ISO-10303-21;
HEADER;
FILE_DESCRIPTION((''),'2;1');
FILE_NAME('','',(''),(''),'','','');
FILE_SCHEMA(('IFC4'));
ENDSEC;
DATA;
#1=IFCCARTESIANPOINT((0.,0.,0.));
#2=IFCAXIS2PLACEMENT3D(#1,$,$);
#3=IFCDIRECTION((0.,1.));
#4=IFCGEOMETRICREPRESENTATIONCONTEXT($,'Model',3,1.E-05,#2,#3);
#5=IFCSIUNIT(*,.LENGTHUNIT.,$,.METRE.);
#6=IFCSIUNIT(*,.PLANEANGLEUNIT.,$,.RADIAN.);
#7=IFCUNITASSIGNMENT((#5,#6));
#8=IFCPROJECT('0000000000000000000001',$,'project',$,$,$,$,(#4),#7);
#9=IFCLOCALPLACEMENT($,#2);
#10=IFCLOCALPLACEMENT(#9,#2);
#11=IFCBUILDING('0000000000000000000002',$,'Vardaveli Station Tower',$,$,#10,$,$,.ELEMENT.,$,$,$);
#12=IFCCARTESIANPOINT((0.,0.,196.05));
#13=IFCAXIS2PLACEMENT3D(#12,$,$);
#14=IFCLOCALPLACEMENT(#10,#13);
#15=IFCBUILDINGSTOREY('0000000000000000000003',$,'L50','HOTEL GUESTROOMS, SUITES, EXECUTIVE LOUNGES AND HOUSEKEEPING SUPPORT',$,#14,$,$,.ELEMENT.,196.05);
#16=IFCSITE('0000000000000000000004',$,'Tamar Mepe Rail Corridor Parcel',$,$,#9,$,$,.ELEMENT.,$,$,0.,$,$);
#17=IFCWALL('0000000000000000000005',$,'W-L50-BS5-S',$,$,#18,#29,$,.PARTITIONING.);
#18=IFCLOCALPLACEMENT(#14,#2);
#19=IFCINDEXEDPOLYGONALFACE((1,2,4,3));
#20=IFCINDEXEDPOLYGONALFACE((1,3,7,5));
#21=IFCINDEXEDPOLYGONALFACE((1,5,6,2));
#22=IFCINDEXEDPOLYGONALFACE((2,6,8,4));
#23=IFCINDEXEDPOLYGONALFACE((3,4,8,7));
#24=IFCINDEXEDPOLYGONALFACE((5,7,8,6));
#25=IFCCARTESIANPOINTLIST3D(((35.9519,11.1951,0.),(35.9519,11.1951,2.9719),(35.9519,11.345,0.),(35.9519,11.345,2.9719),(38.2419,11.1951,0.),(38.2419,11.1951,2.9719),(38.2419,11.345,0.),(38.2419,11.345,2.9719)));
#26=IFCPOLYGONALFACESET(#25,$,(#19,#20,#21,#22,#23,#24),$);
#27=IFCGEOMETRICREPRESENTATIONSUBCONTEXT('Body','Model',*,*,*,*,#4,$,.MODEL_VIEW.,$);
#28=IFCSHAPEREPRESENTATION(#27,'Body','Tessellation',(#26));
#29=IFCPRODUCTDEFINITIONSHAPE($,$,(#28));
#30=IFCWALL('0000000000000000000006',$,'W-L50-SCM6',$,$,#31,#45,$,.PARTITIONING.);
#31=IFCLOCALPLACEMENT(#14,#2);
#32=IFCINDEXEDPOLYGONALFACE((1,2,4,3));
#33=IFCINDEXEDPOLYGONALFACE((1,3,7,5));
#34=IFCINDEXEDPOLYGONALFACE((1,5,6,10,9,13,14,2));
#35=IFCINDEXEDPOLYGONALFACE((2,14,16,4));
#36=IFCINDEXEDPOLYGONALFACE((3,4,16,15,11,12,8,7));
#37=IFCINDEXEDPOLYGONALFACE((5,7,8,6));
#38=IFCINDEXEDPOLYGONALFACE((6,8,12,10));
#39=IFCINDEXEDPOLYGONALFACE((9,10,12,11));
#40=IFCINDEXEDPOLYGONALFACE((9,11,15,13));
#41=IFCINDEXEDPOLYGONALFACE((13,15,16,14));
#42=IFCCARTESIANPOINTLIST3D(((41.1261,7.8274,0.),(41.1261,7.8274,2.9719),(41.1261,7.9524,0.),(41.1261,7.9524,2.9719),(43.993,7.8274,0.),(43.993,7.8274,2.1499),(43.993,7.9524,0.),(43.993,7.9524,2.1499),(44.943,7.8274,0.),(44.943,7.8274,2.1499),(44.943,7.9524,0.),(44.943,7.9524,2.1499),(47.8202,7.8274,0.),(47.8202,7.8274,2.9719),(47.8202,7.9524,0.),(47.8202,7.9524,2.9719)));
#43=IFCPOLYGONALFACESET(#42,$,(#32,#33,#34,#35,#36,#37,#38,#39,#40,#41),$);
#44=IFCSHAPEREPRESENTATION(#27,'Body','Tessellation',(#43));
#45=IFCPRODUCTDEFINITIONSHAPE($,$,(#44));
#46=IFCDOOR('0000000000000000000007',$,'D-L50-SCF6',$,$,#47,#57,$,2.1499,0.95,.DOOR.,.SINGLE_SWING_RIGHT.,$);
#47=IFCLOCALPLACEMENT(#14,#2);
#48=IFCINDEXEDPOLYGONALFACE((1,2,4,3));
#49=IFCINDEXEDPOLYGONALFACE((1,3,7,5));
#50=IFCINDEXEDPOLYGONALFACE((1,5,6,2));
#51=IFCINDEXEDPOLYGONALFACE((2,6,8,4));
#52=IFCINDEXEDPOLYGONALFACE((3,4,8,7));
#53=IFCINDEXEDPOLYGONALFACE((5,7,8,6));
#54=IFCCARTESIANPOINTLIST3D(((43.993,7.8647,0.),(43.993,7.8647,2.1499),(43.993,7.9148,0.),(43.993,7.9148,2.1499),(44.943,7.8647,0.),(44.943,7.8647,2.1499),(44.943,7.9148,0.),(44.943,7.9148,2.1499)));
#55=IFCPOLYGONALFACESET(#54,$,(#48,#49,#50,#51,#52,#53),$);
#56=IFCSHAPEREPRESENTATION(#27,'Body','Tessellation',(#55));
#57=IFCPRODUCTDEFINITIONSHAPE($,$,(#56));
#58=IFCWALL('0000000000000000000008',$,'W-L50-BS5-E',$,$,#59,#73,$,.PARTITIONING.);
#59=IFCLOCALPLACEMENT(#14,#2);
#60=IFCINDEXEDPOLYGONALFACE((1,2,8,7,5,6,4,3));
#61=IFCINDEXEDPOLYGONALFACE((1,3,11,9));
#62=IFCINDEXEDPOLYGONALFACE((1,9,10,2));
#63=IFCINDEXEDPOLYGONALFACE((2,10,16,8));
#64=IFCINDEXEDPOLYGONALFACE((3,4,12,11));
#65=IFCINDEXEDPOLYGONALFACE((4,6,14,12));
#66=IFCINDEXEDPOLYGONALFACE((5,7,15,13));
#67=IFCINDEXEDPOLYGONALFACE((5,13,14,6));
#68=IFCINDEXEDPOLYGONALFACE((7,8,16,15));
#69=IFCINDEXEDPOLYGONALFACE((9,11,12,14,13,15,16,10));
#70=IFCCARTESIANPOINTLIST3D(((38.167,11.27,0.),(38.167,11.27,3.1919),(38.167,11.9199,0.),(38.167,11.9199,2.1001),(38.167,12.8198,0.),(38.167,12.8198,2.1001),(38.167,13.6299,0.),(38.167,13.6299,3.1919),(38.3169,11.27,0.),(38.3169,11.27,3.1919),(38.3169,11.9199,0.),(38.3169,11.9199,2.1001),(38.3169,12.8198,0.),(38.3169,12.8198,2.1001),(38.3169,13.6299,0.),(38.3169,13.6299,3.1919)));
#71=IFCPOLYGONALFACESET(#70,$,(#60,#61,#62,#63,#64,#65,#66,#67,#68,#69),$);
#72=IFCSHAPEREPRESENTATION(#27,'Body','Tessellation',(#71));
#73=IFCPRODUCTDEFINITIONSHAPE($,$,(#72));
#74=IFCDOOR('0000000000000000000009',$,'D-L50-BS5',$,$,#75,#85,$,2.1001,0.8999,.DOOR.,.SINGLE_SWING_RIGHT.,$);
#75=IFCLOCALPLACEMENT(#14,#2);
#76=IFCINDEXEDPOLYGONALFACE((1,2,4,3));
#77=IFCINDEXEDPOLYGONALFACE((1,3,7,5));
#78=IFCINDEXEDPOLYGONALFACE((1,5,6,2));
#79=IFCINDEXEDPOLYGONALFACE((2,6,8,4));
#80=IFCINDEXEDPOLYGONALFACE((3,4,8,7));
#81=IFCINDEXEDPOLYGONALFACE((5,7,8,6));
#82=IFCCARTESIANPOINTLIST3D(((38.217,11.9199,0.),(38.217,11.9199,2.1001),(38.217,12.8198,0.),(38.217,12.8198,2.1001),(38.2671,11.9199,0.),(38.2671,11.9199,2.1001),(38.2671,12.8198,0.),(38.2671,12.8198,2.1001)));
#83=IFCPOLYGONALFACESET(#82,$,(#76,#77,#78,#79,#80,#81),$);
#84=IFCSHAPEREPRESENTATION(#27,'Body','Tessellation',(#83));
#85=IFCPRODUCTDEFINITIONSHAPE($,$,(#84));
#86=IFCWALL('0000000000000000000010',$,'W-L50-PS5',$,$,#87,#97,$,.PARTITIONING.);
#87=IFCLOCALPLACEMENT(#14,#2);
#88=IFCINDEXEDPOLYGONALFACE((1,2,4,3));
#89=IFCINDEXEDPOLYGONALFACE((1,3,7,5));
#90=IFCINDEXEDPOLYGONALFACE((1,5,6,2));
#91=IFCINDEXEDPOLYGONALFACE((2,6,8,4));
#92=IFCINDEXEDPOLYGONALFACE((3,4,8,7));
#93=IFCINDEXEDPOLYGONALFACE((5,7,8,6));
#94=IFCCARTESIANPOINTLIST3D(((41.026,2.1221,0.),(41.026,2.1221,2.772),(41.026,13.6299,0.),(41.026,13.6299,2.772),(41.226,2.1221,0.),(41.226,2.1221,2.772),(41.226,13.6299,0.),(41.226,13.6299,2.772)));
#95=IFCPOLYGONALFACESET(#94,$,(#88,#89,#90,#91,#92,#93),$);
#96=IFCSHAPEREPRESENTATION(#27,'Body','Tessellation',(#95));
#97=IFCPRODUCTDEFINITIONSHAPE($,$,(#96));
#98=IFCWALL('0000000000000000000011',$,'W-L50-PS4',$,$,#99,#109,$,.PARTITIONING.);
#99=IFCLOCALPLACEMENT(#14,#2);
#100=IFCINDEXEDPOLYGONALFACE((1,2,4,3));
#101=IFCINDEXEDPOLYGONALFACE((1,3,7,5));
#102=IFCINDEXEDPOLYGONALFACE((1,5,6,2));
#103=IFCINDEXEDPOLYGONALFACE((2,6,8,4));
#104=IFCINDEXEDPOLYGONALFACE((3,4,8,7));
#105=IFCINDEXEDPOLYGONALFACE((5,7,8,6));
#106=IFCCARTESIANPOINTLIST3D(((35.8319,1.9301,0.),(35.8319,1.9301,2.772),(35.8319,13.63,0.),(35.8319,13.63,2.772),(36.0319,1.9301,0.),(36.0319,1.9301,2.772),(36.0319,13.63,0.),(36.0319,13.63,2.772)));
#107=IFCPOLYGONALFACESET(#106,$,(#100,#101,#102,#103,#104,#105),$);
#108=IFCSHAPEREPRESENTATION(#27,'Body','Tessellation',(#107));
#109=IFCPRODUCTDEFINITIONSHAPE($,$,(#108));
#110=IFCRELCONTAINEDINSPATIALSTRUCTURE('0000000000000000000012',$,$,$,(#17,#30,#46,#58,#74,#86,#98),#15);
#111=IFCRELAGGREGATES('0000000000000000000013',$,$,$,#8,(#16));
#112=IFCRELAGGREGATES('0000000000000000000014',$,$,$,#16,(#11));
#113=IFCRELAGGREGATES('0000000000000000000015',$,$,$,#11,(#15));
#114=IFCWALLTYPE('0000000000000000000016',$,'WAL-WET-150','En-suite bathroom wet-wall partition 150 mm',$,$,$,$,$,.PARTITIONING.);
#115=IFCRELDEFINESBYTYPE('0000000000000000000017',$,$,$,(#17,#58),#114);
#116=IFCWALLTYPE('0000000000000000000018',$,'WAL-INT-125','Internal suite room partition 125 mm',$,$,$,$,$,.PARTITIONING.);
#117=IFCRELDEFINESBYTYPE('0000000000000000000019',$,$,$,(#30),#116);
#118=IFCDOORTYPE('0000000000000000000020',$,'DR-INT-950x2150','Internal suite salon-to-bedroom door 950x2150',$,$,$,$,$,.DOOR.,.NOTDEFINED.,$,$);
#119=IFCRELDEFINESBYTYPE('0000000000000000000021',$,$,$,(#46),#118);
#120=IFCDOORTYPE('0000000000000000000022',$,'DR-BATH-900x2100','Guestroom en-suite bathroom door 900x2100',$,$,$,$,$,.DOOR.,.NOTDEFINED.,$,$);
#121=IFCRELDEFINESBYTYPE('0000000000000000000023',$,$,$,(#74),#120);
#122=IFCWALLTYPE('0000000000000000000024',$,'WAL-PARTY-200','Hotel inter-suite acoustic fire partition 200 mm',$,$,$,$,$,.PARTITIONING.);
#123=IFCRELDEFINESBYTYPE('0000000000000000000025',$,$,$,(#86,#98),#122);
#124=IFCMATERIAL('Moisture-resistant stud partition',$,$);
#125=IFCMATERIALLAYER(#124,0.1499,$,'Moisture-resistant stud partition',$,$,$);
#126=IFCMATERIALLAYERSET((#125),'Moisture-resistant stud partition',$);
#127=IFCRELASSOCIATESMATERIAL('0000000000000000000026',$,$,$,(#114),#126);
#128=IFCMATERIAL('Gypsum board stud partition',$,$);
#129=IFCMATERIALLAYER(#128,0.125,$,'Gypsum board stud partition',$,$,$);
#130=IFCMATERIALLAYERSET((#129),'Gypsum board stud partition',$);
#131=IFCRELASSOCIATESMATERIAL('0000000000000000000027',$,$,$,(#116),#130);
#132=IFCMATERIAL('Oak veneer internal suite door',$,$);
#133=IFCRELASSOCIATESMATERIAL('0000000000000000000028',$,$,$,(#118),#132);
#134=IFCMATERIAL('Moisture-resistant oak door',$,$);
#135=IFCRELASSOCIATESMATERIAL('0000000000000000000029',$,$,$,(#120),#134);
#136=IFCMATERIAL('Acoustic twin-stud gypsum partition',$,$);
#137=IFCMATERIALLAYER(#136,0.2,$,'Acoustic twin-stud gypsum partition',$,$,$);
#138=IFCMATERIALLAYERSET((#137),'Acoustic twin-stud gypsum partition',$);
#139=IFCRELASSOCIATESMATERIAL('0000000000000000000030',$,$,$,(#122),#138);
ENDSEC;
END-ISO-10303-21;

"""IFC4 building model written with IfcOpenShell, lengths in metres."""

from ifc_helpers import new_model, si_unit, direction, frame, frame_2d, origin, place, context, subcontext, project, spatial, rectangle, extrude, source, transform, mapped, material, layer, layer_set, type_object, element, fill, save


model = new_model("IFC4")

# Units and contexts
model_context = context("Model", 3, precision=1e-05, world=origin(), true_north=direction((0.0, 1.0)))
body_context = subcontext(model_context, "Body", "Model", "MODEL_VIEW")
ifc_project = project(units=[si_unit("LENGTHUNIT", "METRE"), si_unit("PLANEANGLEUNIT", "RADIAN")], contexts=[model_context])

# Site, building, storey
site_placement = place(None, origin())
site = spatial("IfcSite", under=ifc_project, at=site_placement, Name="Tamar Mepe Rail Corridor Parcel", CompositionType="ELEMENT", RefElevation=0.0)
building_placement = place(site_placement, origin())
building = spatial("IfcBuilding", under=site, at=building_placement, Name="Vardaveli Station Tower", CompositionType="ELEMENT")
storey_placement = place(building_placement, frame((0.0, 0.0, 196.05)))
storey = spatial("IfcBuildingStorey", under=building, at=storey_placement, Name="L50", Description="HOTEL GUESTROOMS, SUITES, EXECUTIVE LOUNGES AND HOUSEKEEPING SUPPORT", CompositionType="ELEMENT", Elevation=196.05)

# Wall
ifc_material_1 = material(Name="Moisture-resistant stud partition")
ifc_layer_1 = layer(ifc_material_1, 0.1499, Name="Moisture-resistant stud partition")
ifc_layer_set_1 = layer_set([ifc_layer_1], Name="Moisture-resistant stud partition")
wall_type_1 = type_object("IfcWallType", Name="WAL-WET-150", Description="En-suite bathroom wet-wall partition 150 mm", PredefinedType="PARTITIONING", material=ifc_layer_set_1)
shared_shape_1 = source(origin(), body_context, "Body", "SweptSolid", [
    extrude(rectangle(XDim=2.29, YDim=0.1499, at=frame_2d((1.145, 0.0))), origin(), (0.0, 0.0, 1.0), 2.9719),
])
wall_1_placement = place(storey_placement, frame((35.9519, 11.27, 0.0), z_axis=(0.0, 0.0, 1.0), x_axis=(1.0, 0.0, 0.0)))
element("IfcWall", 1, at=wall_1_placement, inside=storey, type_object=wall_type_1, Name="W-L50-BS5-S", PredefinedType="PARTITIONING", context=body_context, shape_type="MappedRepresentation", body=[
    mapped(shared_shape_1, transform((0.0, 0.0, 0.0), scale=1.0)),
])

# Walls, openings, doors
ifc_material_2 = material(Name="Gypsum board stud partition")
ifc_layer_2 = layer(ifc_material_2, 0.125, Name="Gypsum board stud partition")
ifc_layer_set_2 = layer_set([ifc_layer_2], Name="Gypsum board stud partition")
wall_type_2 = type_object("IfcWallType", Name="WAL-INT-125", Description="Internal suite room partition 125 mm", PredefinedType="PARTITIONING", material=ifc_layer_set_2)
shared_shape_2 = source(origin(), body_context, "Body", "SweptSolid", [
    extrude(rectangle(XDim=6.6941, YDim=0.125, at=frame_2d((3.3472, 0.0))), origin(), (0.0, 0.0, 1.0), 2.9719),
])
wall_2_placement = place(storey_placement, frame((41.126, 7.8899, 0.0), z_axis=(0.0, 0.0, 1.0), x_axis=(1.0, 0.0, 0.0)))
wall_2 = element("IfcWall", 2, at=wall_2_placement, inside=storey, type_object=wall_type_2, Name="W-L50-SCM6", PredefinedType="PARTITIONING", context=body_context, shape_type="MappedRepresentation", body=[
    mapped(shared_shape_2, transform((0.0, 0.0, 0.0), scale=1.0)),
])
shared_shape_3 = source(origin(), body_context, "Body", "SweptSolid", [
    extrude(rectangle(XDim=0.95, YDim=2.1499, at=frame_2d((0.4751, 1.075))), frame((0.0, 0.0725, 0.0), z_axis=(0.0, -1.0, 0.0), x_axis=(1.0, 0.0, 0.0)), (0.0, 0.0, 1.0), 0.145),
])
opening_1_placement = place(wall_2_placement, frame((2.8669, 0.0, 0.0)))
opening_1 = element("IfcOpeningElement", 3, at=opening_1_placement, cuts=wall_2, PredefinedType="OPENING", context=body_context, shape_type="MappedRepresentation", body=[
    mapped(shared_shape_3, transform((0.0, 0.0, 0.0), scale=1.0)),
])
ifc_material_3 = material(Name="Oak veneer internal suite door")
door_type_1 = type_object("IfcDoorType", Name="DR-INT-950x2150", Description="Internal suite salon-to-bedroom door 950x2150", OperationType="NOTDEFINED", PredefinedType="DOOR", material=ifc_material_3)
shared_shape_4 = source(origin(), body_context, "Body", "SweptSolid", [
    extrude(rectangle(XDim=0.95, YDim=2.1499, at=frame_2d((0.4751, 1.075))), frame((0.0, 0.0249, 0.0), z_axis=(0.0, -1.0, 0.0), x_axis=(1.0, 0.0, 0.0)), (0.0, 0.0, 1.0), 0.05),
])
door_1_placement = place(opening_1_placement, origin())
door_1 = element("IfcDoor", 4, at=door_1_placement, inside=storey, type_object=door_type_1, Name="D-L50-SCF6", OperationType="SINGLE_SWING_RIGHT", OverallHeight=2.1499, OverallWidth=0.95, PredefinedType="DOOR", context=body_context, shape_type="MappedRepresentation", body=[
    mapped(shared_shape_4, transform((0.0, 0.0, 0.0), scale=1.0)),
])
fill(opening_1, door_1)
shared_shape_5 = source(origin(), body_context, "Body", "SweptSolid", [
    extrude(rectangle(XDim=2.3599, YDim=0.1499, at=frame_2d((1.1799, 0.0))), origin(), (0.0, 0.0, 1.0), 3.1919),
])
wall_3_placement = place(storey_placement, frame((38.2419, 11.27, 0.0), z_axis=(0.0, 0.0, 1.0), x_axis=(0.0, 1.0, 0.0)))
wall_3 = element("IfcWall", 5, at=wall_3_placement, inside=storey, type_object=wall_type_1, Name="W-L50-BS5-E", PredefinedType="PARTITIONING", context=body_context, shape_type="MappedRepresentation", body=[
    mapped(shared_shape_5, transform((0.0, 0.0, 0.0), scale=1.0)),
])
shared_shape_6 = source(origin(), body_context, "Body", "SweptSolid", [
    extrude(rectangle(XDim=0.8999, YDim=2.1001, at=frame_2d((0.45, 1.05))), frame((0.0, 0.085, 0.0), z_axis=(0.0, -1.0, 0.0), x_axis=(1.0, 0.0, 0.0)), (0.0, 0.0, 1.0), 0.1699),
])
opening_2_placement = place(wall_3_placement, frame((0.6499, 0.0, 0.0)))
opening_2 = element("IfcOpeningElement", 6, at=opening_2_placement, cuts=wall_3, PredefinedType="OPENING", context=body_context, shape_type="MappedRepresentation", body=[
    mapped(shared_shape_6, transform((0.0, 0.0, 0.0), scale=1.0)),
])
ifc_material_4 = material(Name="Moisture-resistant oak door")
door_type_2 = type_object("IfcDoorType", Name="DR-BATH-900x2100", Description="Guestroom en-suite bathroom door 900x2100", OperationType="NOTDEFINED", PredefinedType="DOOR", material=ifc_material_4)
shared_shape_7 = source(origin(), body_context, "Body", "SweptSolid", [
    extrude(rectangle(XDim=0.8999, YDim=2.1001, at=frame_2d((0.45, 1.05))), frame((0.0, 0.0249, 0.0), z_axis=(0.0, -1.0, 0.0), x_axis=(1.0, 0.0, 0.0)), (0.0, 0.0, 1.0), 0.05),
])
door_2_placement = place(opening_2_placement, origin())
door_2 = element("IfcDoor", 7, at=door_2_placement, inside=storey, type_object=door_type_2, Name="D-L50-BS5", OperationType="SINGLE_SWING_RIGHT", OverallHeight=2.1001, OverallWidth=0.8999, PredefinedType="DOOR", context=body_context, shape_type="MappedRepresentation", body=[
    mapped(shared_shape_7, transform((0.0, 0.0, 0.0), scale=1.0)),
])
fill(opening_2, door_2)

# Walls
ifc_material_5 = material(Name="Acoustic twin-stud gypsum partition")
ifc_layer_3 = layer(ifc_material_5, 0.2, Name="Acoustic twin-stud gypsum partition")
ifc_layer_set_3 = layer_set([ifc_layer_3], Name="Acoustic twin-stud gypsum partition")
wall_type_3 = type_object("IfcWallType", Name="WAL-PARTY-200", Description="Hotel inter-suite acoustic fire partition 200 mm", PredefinedType="PARTITIONING", material=ifc_layer_set_3)
shared_shape_8 = source(origin(), body_context, "Body", "SweptSolid", [
    extrude(rectangle(XDim=11.5078, YDim=0.2, at=frame_2d((5.7539, 0.0))), origin(), (0.0, 0.0, 1.0), 2.772),
])
wall_4_placement = place(storey_placement, frame((41.126, 2.1221, 0.0), z_axis=(0.0, 0.0, 1.0), x_axis=(0.0, 1.0, 0.0)))
element("IfcWall", 8, at=wall_4_placement, inside=storey, type_object=wall_type_3, Name="W-L50-PS5", PredefinedType="PARTITIONING", context=body_context, shape_type="MappedRepresentation", body=[
    mapped(shared_shape_8, transform((0.0, 0.0, 0.0), scale=1.0)),
])
shared_shape_9 = source(origin(), body_context, "Body", "SweptSolid", [
    extrude(rectangle(XDim=11.7, YDim=0.2, at=frame_2d((5.8501, 0.0))), origin(), (0.0, 0.0, 1.0), 2.772),
])
wall_5_placement = place(storey_placement, frame((35.9319, 1.9299, 0.0), z_axis=(0.0, 0.0, 1.0), x_axis=(0.0, 1.0, 0.0)))
element("IfcWall", 9, at=wall_5_placement, inside=storey, type_object=wall_type_3, Name="W-L50-PS4", PredefinedType="PARTITIONING", context=body_context, shape_type="MappedRepresentation", body=[
    mapped(shared_shape_9, transform((0.0, 0.0, 0.0), scale=1.0)),
])

save(model, "model.ifc")
